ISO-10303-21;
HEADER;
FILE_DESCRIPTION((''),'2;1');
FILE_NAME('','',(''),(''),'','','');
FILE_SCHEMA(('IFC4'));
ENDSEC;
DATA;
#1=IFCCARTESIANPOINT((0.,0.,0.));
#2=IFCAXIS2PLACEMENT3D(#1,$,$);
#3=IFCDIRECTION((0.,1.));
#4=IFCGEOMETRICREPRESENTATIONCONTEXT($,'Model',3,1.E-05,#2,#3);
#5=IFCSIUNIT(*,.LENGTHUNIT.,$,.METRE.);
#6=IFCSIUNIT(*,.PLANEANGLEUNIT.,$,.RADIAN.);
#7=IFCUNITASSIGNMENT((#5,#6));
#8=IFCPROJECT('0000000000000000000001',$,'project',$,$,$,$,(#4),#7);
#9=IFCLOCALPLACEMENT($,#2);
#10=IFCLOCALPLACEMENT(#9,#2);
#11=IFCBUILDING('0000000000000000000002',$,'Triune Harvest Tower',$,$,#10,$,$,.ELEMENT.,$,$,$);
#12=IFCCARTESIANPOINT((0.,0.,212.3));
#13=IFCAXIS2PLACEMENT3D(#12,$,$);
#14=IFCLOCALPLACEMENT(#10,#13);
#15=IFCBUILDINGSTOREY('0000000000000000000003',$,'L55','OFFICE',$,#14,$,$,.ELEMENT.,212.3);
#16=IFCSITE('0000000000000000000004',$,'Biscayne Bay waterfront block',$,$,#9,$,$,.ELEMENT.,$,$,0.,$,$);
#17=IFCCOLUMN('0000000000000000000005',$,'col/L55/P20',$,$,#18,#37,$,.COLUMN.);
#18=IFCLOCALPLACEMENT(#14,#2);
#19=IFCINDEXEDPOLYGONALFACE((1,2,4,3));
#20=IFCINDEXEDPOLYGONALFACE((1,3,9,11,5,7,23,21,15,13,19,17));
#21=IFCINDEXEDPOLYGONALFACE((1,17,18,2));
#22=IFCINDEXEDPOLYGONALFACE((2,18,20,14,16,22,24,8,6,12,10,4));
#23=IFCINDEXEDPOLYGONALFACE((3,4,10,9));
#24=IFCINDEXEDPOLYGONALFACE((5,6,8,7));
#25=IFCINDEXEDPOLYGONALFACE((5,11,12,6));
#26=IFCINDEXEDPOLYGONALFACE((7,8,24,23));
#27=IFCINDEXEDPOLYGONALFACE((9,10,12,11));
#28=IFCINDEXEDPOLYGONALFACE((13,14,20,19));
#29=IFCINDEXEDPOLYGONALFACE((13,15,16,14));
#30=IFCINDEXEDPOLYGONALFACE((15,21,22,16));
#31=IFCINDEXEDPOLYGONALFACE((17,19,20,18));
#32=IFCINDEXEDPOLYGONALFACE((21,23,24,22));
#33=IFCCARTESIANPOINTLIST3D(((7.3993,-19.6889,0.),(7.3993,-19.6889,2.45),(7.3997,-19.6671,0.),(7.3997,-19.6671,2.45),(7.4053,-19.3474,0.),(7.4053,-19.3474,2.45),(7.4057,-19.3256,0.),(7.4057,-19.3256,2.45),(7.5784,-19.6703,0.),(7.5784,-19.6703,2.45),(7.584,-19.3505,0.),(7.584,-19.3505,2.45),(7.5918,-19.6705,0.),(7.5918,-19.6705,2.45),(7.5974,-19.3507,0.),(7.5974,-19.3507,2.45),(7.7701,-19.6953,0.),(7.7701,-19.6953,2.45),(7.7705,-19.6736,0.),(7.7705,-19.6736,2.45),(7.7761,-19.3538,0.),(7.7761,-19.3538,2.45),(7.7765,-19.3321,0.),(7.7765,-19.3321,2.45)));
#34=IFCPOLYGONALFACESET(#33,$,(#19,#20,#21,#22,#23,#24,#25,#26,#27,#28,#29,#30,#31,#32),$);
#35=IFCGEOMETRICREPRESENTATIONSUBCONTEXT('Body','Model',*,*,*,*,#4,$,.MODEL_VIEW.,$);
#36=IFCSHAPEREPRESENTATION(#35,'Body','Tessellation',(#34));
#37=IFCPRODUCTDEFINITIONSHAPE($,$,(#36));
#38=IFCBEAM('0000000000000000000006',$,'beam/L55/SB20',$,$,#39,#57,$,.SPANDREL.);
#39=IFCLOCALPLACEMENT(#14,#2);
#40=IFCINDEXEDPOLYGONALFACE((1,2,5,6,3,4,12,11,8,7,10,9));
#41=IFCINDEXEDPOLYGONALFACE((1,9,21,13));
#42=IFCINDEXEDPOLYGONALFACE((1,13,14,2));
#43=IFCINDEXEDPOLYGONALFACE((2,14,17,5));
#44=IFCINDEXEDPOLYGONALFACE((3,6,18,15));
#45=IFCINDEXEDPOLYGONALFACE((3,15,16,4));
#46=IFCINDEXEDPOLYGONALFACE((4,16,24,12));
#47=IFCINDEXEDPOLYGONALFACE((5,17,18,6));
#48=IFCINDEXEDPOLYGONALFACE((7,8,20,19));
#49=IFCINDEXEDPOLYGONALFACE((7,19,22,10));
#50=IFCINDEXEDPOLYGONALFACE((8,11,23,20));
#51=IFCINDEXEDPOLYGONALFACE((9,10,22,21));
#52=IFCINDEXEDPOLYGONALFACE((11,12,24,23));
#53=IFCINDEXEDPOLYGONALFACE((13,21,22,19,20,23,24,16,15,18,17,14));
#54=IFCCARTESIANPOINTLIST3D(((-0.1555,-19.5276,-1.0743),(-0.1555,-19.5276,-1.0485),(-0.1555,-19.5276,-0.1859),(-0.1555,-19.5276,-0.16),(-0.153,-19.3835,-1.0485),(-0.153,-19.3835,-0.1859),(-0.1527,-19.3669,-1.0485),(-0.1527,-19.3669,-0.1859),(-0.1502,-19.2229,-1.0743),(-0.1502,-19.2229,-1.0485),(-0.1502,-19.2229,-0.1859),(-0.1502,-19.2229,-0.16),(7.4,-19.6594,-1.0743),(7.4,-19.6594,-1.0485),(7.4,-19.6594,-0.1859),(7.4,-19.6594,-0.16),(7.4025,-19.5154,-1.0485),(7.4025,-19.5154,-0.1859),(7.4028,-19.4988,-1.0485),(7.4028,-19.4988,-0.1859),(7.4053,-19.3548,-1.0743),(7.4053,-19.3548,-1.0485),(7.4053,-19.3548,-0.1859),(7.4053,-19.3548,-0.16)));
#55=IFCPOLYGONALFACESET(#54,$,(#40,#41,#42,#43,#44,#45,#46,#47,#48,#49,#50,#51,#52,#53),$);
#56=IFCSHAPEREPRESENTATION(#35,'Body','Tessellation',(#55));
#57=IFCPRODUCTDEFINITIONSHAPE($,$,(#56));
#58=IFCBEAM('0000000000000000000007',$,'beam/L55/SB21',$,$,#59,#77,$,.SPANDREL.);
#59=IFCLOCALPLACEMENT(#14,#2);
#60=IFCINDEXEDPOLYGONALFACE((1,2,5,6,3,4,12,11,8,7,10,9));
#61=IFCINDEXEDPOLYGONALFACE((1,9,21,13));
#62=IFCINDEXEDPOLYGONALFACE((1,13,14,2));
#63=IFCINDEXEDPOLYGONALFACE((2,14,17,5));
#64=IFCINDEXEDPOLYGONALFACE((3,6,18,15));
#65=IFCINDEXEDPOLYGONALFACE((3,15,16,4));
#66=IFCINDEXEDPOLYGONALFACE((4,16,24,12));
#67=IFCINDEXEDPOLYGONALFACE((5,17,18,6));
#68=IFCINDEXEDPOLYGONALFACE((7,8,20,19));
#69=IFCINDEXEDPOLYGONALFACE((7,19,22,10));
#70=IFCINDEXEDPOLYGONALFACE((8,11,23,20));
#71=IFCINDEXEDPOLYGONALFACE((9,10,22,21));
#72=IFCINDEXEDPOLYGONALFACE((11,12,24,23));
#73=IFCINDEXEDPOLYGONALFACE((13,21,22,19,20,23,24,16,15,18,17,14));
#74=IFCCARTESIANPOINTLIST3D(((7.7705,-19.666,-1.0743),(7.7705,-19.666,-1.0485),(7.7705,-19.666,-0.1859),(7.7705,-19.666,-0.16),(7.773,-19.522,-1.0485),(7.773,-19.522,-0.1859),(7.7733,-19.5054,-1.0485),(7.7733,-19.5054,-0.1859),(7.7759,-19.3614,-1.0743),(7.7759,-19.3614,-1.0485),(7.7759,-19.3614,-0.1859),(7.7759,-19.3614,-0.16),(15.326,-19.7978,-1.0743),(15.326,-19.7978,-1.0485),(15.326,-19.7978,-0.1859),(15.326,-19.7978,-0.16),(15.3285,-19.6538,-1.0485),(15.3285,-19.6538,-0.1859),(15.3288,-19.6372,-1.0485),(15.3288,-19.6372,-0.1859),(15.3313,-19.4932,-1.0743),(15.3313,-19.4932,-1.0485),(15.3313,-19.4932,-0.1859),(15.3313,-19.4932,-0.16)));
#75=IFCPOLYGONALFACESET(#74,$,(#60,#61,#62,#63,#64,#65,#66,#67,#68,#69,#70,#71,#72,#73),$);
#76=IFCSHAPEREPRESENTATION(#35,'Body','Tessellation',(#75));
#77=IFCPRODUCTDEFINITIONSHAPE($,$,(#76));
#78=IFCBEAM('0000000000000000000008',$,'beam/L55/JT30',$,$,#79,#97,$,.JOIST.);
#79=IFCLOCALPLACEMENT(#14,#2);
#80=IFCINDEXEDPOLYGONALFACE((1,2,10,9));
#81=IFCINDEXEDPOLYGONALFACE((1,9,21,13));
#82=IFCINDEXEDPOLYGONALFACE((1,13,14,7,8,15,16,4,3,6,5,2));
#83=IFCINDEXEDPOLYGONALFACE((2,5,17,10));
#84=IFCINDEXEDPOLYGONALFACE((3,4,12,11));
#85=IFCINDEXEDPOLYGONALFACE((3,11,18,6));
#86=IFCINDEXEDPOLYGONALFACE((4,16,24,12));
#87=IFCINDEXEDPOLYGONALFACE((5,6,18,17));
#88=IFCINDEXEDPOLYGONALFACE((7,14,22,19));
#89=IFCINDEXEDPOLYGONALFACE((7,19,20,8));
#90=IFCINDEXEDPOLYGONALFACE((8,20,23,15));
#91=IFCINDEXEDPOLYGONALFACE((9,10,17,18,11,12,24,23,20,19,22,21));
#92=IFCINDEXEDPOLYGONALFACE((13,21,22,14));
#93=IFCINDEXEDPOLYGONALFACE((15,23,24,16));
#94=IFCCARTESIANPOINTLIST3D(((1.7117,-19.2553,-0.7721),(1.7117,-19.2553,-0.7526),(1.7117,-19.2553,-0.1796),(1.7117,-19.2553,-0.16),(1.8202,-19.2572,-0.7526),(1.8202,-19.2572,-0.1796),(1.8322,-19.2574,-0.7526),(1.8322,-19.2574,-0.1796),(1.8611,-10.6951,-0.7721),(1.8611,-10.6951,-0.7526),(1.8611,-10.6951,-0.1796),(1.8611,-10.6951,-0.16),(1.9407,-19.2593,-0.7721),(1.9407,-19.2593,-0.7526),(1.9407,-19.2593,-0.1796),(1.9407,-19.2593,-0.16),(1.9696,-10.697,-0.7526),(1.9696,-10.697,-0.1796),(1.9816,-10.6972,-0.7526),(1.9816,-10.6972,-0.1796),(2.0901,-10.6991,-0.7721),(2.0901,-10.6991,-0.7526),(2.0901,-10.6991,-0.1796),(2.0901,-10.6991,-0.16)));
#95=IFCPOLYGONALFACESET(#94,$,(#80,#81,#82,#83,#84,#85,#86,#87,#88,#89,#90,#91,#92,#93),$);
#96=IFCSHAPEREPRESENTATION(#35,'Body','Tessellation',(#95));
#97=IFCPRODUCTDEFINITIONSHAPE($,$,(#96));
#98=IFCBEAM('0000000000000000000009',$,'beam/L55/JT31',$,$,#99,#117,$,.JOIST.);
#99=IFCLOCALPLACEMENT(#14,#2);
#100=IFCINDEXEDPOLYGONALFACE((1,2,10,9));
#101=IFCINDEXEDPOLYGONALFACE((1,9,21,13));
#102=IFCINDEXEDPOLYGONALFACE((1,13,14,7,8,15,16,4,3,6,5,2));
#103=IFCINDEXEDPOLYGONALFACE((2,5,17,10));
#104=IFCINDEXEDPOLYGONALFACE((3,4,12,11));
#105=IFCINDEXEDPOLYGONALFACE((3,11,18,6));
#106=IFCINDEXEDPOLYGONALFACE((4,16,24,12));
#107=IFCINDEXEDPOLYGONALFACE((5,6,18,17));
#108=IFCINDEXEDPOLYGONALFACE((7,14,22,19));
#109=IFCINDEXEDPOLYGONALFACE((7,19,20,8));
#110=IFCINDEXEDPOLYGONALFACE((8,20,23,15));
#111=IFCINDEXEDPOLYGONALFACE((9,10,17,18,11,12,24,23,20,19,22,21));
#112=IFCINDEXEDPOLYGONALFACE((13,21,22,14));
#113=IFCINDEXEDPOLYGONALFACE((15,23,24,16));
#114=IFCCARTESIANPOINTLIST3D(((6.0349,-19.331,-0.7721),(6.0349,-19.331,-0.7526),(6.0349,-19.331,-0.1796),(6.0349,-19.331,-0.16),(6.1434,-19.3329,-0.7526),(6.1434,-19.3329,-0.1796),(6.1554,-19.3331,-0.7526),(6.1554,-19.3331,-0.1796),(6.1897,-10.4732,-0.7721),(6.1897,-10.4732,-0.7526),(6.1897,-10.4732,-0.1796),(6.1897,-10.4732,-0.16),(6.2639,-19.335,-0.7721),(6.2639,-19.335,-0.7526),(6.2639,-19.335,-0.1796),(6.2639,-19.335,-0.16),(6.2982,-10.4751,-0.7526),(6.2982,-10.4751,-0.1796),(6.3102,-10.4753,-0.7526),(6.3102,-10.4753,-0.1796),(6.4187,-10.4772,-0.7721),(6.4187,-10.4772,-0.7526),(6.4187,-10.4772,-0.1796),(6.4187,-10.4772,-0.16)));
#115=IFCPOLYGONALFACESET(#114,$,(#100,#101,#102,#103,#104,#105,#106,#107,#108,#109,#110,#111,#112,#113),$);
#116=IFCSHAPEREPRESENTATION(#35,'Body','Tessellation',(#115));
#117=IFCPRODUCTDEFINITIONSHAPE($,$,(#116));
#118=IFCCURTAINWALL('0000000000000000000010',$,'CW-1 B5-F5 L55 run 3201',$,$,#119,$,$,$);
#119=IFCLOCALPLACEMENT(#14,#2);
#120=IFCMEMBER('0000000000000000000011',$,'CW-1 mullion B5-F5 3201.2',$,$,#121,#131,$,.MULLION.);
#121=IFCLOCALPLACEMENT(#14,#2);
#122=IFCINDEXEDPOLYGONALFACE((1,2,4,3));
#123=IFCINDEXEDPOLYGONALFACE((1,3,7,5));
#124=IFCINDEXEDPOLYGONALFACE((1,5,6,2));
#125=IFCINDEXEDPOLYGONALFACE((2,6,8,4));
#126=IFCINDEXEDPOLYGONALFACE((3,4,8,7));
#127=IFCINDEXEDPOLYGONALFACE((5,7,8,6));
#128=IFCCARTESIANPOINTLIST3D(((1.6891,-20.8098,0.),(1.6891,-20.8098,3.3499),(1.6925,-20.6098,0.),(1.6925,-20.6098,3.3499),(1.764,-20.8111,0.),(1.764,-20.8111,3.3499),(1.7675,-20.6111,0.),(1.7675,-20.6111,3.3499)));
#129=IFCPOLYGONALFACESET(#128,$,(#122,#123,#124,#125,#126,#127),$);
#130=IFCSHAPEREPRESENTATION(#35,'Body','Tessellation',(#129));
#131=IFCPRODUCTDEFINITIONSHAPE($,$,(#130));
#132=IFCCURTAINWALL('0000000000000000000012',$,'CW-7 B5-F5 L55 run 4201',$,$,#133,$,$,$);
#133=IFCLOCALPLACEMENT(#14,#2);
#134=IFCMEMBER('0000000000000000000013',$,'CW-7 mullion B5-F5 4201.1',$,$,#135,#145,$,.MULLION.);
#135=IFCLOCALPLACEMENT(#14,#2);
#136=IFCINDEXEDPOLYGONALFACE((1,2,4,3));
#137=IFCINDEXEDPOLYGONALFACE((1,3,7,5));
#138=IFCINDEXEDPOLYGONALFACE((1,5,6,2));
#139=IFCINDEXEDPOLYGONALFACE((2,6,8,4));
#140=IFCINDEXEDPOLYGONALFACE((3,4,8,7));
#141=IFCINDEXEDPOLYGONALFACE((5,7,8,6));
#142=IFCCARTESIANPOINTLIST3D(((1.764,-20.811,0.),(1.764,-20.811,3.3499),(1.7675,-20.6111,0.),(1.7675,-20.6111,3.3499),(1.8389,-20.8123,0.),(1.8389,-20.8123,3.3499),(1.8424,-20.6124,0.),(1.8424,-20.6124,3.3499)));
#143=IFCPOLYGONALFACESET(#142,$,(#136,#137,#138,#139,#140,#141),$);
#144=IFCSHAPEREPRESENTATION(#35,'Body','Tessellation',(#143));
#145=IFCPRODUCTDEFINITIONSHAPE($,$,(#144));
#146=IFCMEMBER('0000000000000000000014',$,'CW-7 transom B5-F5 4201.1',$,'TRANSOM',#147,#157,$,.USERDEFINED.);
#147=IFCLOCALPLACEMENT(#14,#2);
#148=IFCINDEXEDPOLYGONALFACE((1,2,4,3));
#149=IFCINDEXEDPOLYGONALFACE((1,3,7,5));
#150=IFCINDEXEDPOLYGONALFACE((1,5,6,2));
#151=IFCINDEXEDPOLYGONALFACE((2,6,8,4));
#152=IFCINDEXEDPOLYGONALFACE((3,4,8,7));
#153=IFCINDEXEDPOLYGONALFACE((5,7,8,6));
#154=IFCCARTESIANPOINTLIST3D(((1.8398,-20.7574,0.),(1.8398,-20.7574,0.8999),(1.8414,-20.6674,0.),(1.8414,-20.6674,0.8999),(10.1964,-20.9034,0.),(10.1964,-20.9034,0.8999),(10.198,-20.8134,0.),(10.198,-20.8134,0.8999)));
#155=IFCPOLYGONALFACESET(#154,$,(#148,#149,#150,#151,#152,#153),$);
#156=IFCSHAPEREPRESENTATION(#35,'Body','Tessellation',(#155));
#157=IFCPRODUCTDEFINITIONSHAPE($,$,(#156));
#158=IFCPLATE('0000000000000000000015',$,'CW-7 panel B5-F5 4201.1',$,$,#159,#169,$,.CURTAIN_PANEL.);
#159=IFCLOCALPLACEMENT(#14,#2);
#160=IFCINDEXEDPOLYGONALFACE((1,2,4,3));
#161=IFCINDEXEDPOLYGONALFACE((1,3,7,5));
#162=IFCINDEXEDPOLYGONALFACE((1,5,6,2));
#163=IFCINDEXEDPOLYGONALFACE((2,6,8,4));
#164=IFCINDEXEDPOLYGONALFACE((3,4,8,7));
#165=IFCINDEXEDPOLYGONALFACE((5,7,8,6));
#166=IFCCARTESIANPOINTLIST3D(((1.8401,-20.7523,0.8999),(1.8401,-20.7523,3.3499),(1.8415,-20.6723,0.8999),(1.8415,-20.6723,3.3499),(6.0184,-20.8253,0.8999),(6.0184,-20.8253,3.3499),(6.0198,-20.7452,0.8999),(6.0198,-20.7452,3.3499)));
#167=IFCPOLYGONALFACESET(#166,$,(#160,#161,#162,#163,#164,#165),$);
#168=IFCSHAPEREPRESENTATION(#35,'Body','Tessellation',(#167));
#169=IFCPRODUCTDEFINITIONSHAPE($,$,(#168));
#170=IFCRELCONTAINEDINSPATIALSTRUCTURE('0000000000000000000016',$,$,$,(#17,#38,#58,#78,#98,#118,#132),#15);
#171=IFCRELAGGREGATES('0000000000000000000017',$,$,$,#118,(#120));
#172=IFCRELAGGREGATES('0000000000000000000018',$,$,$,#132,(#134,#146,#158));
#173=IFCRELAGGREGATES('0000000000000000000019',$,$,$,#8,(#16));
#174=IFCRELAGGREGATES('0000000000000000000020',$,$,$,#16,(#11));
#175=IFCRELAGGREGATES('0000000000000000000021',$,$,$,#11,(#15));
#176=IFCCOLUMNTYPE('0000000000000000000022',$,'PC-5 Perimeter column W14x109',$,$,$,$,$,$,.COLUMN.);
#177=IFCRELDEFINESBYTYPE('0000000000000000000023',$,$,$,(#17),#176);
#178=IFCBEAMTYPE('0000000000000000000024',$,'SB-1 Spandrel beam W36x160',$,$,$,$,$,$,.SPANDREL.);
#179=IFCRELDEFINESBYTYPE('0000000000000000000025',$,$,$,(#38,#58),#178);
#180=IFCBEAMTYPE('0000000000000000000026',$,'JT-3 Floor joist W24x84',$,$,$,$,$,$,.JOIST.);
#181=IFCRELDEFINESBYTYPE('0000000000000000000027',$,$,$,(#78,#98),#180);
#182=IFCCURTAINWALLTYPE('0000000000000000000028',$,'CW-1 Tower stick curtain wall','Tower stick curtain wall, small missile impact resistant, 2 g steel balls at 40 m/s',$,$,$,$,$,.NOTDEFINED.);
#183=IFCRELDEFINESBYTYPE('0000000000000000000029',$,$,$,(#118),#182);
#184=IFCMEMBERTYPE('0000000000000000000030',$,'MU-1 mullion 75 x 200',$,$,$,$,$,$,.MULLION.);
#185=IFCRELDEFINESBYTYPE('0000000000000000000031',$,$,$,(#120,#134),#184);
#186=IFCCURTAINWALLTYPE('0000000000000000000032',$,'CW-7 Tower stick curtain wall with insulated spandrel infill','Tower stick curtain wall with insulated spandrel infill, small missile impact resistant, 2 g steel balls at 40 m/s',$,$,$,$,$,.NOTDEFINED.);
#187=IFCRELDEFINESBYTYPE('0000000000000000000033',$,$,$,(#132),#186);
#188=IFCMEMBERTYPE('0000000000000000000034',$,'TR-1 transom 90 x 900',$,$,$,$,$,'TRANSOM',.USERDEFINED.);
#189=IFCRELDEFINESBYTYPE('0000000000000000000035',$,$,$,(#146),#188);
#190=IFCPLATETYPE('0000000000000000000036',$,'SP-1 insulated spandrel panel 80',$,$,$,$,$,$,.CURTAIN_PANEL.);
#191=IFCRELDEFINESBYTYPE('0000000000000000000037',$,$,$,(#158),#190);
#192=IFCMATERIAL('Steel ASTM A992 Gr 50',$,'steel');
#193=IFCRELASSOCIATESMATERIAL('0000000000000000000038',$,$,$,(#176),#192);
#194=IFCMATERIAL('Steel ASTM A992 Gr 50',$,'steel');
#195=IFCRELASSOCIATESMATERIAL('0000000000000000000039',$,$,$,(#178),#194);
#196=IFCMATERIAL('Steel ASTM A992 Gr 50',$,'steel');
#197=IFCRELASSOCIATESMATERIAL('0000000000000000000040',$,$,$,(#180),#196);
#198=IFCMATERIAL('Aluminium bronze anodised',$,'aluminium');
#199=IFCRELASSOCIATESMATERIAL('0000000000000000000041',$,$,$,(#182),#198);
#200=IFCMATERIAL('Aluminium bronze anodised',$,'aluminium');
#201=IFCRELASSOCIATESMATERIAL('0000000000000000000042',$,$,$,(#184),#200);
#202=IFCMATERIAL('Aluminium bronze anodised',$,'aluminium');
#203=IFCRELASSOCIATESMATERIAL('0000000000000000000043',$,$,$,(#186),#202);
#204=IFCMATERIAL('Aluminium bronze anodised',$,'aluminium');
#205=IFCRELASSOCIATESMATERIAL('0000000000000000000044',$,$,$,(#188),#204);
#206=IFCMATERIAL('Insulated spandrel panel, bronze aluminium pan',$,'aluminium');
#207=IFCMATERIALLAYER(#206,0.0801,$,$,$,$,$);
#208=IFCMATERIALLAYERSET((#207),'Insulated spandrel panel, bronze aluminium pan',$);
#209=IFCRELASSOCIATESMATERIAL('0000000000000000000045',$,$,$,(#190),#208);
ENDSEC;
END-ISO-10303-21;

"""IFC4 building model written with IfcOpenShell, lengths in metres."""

from ifc_helpers import new_model, si_unit, direction, frame, origin, origin_2d, place, context, subcontext, project, spatial, rectangle, i_section, extrude, source, transform, mapped, material, layer, layer_set, material_profile, profile_set, type_object, element, aggregate, save


model = new_model("IFC4")

# Units and contexts
model_context = context("Model", 3, precision=1e-05, world=origin(), true_north=direction((0.0, 1.0)))
body_context = subcontext(model_context, "Body", "Model", "MODEL_VIEW")
ifc_project = project(units=[si_unit("LENGTHUNIT", "METRE"), si_unit("PLANEANGLEUNIT", "RADIAN")], contexts=[model_context])

# Site, building, storey
site_placement = place(None, origin())
site = spatial("IfcSite", under=ifc_project, at=site_placement, Name="Biscayne Bay waterfront block", CompositionType="ELEMENT", RefElevation=0.0)
building_placement = place(site_placement, origin())
building = spatial("IfcBuilding", under=site, at=building_placement, Name="Triune Harvest Tower", CompositionType="ELEMENT")
storey_placement = place(building_placement, frame((0.0, 0.0, 212.3)))
storey = spatial("IfcBuildingStorey", under=building, at=storey_placement, Name="L55", Description="OFFICE", CompositionType="ELEMENT", Elevation=212.3)

# Column
ifc_material_1 = material(Name="Steel ASTM A992 Gr 50", Category="steel")
ifc_material_profile_1 = material_profile(ifc_material_1, i_section(OverallWidth=0.3708, OverallDepth=0.3633, WebThickness=0.0134, FlangeThickness=0.0217, at=origin_2d()), Name="W14x109")
ifc_profile_set_1 = profile_set([ifc_material_profile_1], Name="Steel ASTM A992 Gr 50")
column_type = type_object("IfcColumnType", Name="PC-5 Perimeter column W14x109", PredefinedType="COLUMN", material=ifc_profile_set_1)
shared_shape_1 = source(origin(), body_context, "Body", "SweptSolid", [
    extrude(i_section(OverallWidth=0.3708, OverallDepth=0.3633, WebThickness=0.0134, FlangeThickness=0.0217, at=origin_2d()), origin(), (0.0, 0.0, 1.0), 2.45),
])
column_placement = place(storey_placement, frame((7.5879, -19.5105, 0.0), z_axis=(0.0, 0.0, 1.0), x_axis=(0.999848, -0.017452, 0.0)))
element("IfcColumn", 1, at=column_placement, inside=storey, type_object=column_type, Name="col/L55/P20", PredefinedType="COLUMN", context=body_context, shape_type="MappedRepresentation", body=[
    mapped(shared_shape_1, transform((0.0, 0.0, 0.0), scale=1.0)),
])

# Beams
ifc_material_2 = material(Name="Steel ASTM A992 Gr 50", Category="steel")
ifc_material_profile_2 = material_profile(ifc_material_2, i_section(OverallWidth=0.3047, OverallDepth=0.9143, WebThickness=0.0166, FlangeThickness=0.0259, at=origin_2d()), Name="W36x160")
ifc_profile_set_2 = profile_set([ifc_material_profile_2], Name="Steel ASTM A992 Gr 50")
beam_type_1 = type_object("IfcBeamType", Name="SB-1 Spandrel beam W36x160", PredefinedType="SPANDREL", material=ifc_profile_set_2)
shared_shape_2 = source(origin(), body_context, "Body", "SweptSolid", [
    extrude(i_section(OverallWidth=0.3047, OverallDepth=0.9143, WebThickness=0.0166, FlangeThickness=0.0259, at=origin_2d()), origin(), (0.0, 0.0, 1.0), 7.5566),
])
for number, where, z_axis, x_axis, name in (
    (2, (-0.1528, -19.3752, -0.6172), (0.999848, -0.017447, 0.0), (0.017447, 0.999848, 0.0), "beam/L55/SB20"),
    (3, (7.7732, -19.5137, -0.6172), (0.999848, -0.017447, 0.0), (0.017447, 0.999848, 0.0), "beam/L55/SB21"),
):
    element("IfcBeam", number, at=place(storey_placement, frame(where, z_axis=z_axis, x_axis=x_axis)), inside=storey, type_object=beam_type_1, Name=name, PredefinedType="SPANDREL", context=body_context, shape_type="MappedRepresentation", body=[
        mapped(shared_shape_2, transform((0.0, 0.0, 0.0), scale=1.0)),
    ])
ifc_material_3 = material(Name="Steel ASTM A992 Gr 50", Category="steel")
ifc_material_profile_3 = material_profile(ifc_material_3, i_section(OverallWidth=0.229, OverallDepth=0.6121, WebThickness=0.012, FlangeThickness=0.0195, at=origin_2d()), Name="W24x84")
ifc_profile_set_3 = profile_set([ifc_material_profile_3], Name="Steel ASTM A992 Gr 50")
beam_type_2 = type_object("IfcBeamType", Name="JT-3 Floor joist W24x84", PredefinedType="JOIST", material=ifc_profile_set_3)
shared_shape_3 = source(origin(), body_context, "Body", "SweptSolid", [
    extrude(i_section(OverallWidth=0.229, OverallDepth=0.6121, WebThickness=0.012, FlangeThickness=0.0195, at=origin_2d()), origin(), (0.0, 0.0, 1.0), 8.5615),
])
beam_1_placement = place(storey_placement, frame((1.8262, -19.2573, -0.4661), z_axis=(0.017452, 0.999848, 0.0), x_axis=(-0.999848, 0.017452, 0.0)))
element("IfcBeam", 4, at=beam_1_placement, inside=storey, type_object=beam_type_2, Name="beam/L55/JT30", PredefinedType="JOIST", context=body_context, shape_type="MappedRepresentation", body=[
    mapped(shared_shape_3, transform((0.0, 0.0, 0.0), scale=1.0)),
])
shared_shape_4 = source(origin(), body_context, "Body", "SweptSolid", [
    extrude(i_section(OverallWidth=0.229, OverallDepth=0.6121, WebThickness=0.012, FlangeThickness=0.0195, at=origin_2d()), origin(), (0.0, 0.0, 1.0), 8.8591),
])
beam_2_placement = place(storey_placement, frame((6.1494, -19.333, -0.4661), z_axis=(0.017472, 0.999847, 0.0), x_axis=(-0.999847, 0.017472, 0.0)))
element("IfcBeam", 5, at=beam_2_placement, inside=storey, type_object=beam_type_2, Name="beam/L55/JT31", PredefinedType="JOIST", context=body_context, shape_type="MappedRepresentation", body=[
    mapped(shared_shape_4, transform((0.0, 0.0, 0.0), scale=1.0)),
])

# Curtain wall, member
ifc_material_4 = material(Name="Aluminium bronze anodised", Category="aluminium")
curtain_wall_type_1 = type_object("IfcCurtainWallType", Name="CW-1 Tower stick curtain wall", Description="Tower stick curtain wall, small missile impact resistant, 2 g steel balls at 40 m/s", PredefinedType="NOTDEFINED", material=ifc_material_4)
curtain_wall_1_placement = place(storey_placement, origin())
curtain_wall_1 = element("IfcCurtainWall", 6, at=curtain_wall_1_placement, inside=storey, type_object=curtain_wall_type_1, Name="CW-1 B5-F5 L55 run 3201")
ifc_material_5 = material(Name="Aluminium bronze anodised", Category="aluminium")
ifc_material_profile_4 = material_profile(ifc_material_5, rectangle(XDim=0.2, YDim=0.075, at=origin_2d()), Name="MU-1 mullion 75 x 200")
ifc_profile_set_4 = profile_set([ifc_material_profile_4], Name="Aluminium bronze anodised")
member_type_1 = type_object("IfcMemberType", Name="MU-1 mullion 75 x 200", PredefinedType="MULLION", material=ifc_profile_set_4)
shared_shape_5 = source(origin(), body_context, "Body", "SweptSolid", [
    extrude(rectangle(XDim=0.2, YDim=0.075, at=origin_2d()), origin(), (0.0, 0.0, 1.0), 3.3499),
])
member_1_placement = place(storey_placement, frame((1.7283, -20.7104, 0.0), z_axis=(0.0, 0.0, 1.0), x_axis=(0.017467, 0.999847, 0.0)))
member_1 = element("IfcMember", 7, at=member_1_placement, type_object=member_type_1, Name="CW-1 mullion B5-F5 3201.2", PredefinedType="MULLION", context=body_context, shape_type="MappedRepresentation", body=[
    mapped(shared_shape_5, transform((0.0, 0.0, 0.0), scale=1.0)),
])
aggregate(curtain_wall_1, [member_1])

# Curtain wall, members, plate
ifc_material_6 = material(Name="Aluminium bronze anodised", Category="aluminium")
curtain_wall_type_2 = type_object("IfcCurtainWallType", Name="CW-7 Tower stick curtain wall with insulated spandrel infill", Description="Tower stick curtain wall with insulated spandrel infill, small missile impact resistant, 2 g steel balls at 40 m/s", PredefinedType="NOTDEFINED", material=ifc_material_6)
curtain_wall_2_placement = place(storey_placement, origin())
curtain_wall_2 = element("IfcCurtainWall", 8, at=curtain_wall_2_placement, inside=storey, type_object=curtain_wall_type_2, Name="CW-7 B5-F5 L55 run 4201")
member_2_placement = place(storey_placement, frame((1.8032, -20.7117, 0.0), z_axis=(0.0, 0.0, 1.0), x_axis=(0.017454, 0.999848, 0.0)))
member_2 = element("IfcMember", 9, at=member_2_placement, type_object=member_type_1, Name="CW-7 mullion B5-F5 4201.1", PredefinedType="MULLION", context=body_context, shape_type="MappedRepresentation", body=[
    mapped(shared_shape_5, transform((0.0, 0.0, 0.0), scale=1.0)),
])
ifc_material_7 = material(Name="Aluminium bronze anodised", Category="aluminium")
ifc_material_profile_5 = material_profile(ifc_material_7, rectangle(XDim=0.0901, YDim=0.8999, at=origin_2d()), Name="TR-1 transom 90 x 900")
ifc_profile_set_5 = profile_set([ifc_material_profile_5], Name="Aluminium bronze anodised")
member_type_2 = type_object("IfcMemberType", Name="TR-1 transom 90 x 900", ElementType="TRANSOM", PredefinedType="USERDEFINED", material=ifc_profile_set_5)
shared_shape_6 = source(origin(), body_context, "Body", "SweptSolid", [
    extrude(rectangle(XDim=0.0901, YDim=0.8999, at=origin_2d()), origin(), (0.0, 0.0, 1.0), 8.3579),
])
member_3_placement = place(storey_placement, frame((1.8406, -20.7124, 0.45), z_axis=(0.999847, -0.017468, 0.0), x_axis=(0.017468, 0.999847, 0.0)))
member_3 = element("IfcMember", 10, at=member_3_placement, type_object=member_type_2, Name="CW-7 transom B5-F5 4201.1", ObjectType="TRANSOM", PredefinedType="USERDEFINED", context=body_context, shape_type="MappedRepresentation", body=[
    mapped(shared_shape_6, transform((0.0, 0.0, 0.0), scale=1.0)),
])
ifc_material_8 = material(Name="Insulated spandrel panel, bronze aluminium pan", Category="aluminium")
ifc_layer_1 = layer(ifc_material_8, 0.0801)
ifc_layer_set_1 = layer_set([ifc_layer_1], Name="Insulated spandrel panel, bronze aluminium pan")
plate_type = type_object("IfcPlateType", Name="SP-1 insulated spandrel panel 80", PredefinedType="CURTAIN_PANEL", material=ifc_layer_set_1)
shared_shape_7 = source(origin(), body_context, "Body", "SweptSolid", [
    extrude(rectangle(XDim=4.179, YDim=0.0801, at=origin_2d()), origin(), (0.0, 0.0, 1.0), 2.45),
])
plate_1_placement = place(storey_placement, frame((3.9299, -20.7488, 0.8999), z_axis=(0.0, 0.0, 1.0), x_axis=(0.999848, -0.017454, 0.0)))
plate_1 = element("IfcPlate", 11, at=plate_1_placement, type_object=plate_type, Name="CW-7 panel B5-F5 4201.1", PredefinedType="CURTAIN_PANEL", context=body_context, shape_type="MappedRepresentation", body=[
    mapped(shared_shape_7, transform((0.0, 0.0, 0.0), scale=1.0)),
])
aggregate(curtain_wall_2, [member_2, member_3, plate_1])

save(model, "model.ifc")
